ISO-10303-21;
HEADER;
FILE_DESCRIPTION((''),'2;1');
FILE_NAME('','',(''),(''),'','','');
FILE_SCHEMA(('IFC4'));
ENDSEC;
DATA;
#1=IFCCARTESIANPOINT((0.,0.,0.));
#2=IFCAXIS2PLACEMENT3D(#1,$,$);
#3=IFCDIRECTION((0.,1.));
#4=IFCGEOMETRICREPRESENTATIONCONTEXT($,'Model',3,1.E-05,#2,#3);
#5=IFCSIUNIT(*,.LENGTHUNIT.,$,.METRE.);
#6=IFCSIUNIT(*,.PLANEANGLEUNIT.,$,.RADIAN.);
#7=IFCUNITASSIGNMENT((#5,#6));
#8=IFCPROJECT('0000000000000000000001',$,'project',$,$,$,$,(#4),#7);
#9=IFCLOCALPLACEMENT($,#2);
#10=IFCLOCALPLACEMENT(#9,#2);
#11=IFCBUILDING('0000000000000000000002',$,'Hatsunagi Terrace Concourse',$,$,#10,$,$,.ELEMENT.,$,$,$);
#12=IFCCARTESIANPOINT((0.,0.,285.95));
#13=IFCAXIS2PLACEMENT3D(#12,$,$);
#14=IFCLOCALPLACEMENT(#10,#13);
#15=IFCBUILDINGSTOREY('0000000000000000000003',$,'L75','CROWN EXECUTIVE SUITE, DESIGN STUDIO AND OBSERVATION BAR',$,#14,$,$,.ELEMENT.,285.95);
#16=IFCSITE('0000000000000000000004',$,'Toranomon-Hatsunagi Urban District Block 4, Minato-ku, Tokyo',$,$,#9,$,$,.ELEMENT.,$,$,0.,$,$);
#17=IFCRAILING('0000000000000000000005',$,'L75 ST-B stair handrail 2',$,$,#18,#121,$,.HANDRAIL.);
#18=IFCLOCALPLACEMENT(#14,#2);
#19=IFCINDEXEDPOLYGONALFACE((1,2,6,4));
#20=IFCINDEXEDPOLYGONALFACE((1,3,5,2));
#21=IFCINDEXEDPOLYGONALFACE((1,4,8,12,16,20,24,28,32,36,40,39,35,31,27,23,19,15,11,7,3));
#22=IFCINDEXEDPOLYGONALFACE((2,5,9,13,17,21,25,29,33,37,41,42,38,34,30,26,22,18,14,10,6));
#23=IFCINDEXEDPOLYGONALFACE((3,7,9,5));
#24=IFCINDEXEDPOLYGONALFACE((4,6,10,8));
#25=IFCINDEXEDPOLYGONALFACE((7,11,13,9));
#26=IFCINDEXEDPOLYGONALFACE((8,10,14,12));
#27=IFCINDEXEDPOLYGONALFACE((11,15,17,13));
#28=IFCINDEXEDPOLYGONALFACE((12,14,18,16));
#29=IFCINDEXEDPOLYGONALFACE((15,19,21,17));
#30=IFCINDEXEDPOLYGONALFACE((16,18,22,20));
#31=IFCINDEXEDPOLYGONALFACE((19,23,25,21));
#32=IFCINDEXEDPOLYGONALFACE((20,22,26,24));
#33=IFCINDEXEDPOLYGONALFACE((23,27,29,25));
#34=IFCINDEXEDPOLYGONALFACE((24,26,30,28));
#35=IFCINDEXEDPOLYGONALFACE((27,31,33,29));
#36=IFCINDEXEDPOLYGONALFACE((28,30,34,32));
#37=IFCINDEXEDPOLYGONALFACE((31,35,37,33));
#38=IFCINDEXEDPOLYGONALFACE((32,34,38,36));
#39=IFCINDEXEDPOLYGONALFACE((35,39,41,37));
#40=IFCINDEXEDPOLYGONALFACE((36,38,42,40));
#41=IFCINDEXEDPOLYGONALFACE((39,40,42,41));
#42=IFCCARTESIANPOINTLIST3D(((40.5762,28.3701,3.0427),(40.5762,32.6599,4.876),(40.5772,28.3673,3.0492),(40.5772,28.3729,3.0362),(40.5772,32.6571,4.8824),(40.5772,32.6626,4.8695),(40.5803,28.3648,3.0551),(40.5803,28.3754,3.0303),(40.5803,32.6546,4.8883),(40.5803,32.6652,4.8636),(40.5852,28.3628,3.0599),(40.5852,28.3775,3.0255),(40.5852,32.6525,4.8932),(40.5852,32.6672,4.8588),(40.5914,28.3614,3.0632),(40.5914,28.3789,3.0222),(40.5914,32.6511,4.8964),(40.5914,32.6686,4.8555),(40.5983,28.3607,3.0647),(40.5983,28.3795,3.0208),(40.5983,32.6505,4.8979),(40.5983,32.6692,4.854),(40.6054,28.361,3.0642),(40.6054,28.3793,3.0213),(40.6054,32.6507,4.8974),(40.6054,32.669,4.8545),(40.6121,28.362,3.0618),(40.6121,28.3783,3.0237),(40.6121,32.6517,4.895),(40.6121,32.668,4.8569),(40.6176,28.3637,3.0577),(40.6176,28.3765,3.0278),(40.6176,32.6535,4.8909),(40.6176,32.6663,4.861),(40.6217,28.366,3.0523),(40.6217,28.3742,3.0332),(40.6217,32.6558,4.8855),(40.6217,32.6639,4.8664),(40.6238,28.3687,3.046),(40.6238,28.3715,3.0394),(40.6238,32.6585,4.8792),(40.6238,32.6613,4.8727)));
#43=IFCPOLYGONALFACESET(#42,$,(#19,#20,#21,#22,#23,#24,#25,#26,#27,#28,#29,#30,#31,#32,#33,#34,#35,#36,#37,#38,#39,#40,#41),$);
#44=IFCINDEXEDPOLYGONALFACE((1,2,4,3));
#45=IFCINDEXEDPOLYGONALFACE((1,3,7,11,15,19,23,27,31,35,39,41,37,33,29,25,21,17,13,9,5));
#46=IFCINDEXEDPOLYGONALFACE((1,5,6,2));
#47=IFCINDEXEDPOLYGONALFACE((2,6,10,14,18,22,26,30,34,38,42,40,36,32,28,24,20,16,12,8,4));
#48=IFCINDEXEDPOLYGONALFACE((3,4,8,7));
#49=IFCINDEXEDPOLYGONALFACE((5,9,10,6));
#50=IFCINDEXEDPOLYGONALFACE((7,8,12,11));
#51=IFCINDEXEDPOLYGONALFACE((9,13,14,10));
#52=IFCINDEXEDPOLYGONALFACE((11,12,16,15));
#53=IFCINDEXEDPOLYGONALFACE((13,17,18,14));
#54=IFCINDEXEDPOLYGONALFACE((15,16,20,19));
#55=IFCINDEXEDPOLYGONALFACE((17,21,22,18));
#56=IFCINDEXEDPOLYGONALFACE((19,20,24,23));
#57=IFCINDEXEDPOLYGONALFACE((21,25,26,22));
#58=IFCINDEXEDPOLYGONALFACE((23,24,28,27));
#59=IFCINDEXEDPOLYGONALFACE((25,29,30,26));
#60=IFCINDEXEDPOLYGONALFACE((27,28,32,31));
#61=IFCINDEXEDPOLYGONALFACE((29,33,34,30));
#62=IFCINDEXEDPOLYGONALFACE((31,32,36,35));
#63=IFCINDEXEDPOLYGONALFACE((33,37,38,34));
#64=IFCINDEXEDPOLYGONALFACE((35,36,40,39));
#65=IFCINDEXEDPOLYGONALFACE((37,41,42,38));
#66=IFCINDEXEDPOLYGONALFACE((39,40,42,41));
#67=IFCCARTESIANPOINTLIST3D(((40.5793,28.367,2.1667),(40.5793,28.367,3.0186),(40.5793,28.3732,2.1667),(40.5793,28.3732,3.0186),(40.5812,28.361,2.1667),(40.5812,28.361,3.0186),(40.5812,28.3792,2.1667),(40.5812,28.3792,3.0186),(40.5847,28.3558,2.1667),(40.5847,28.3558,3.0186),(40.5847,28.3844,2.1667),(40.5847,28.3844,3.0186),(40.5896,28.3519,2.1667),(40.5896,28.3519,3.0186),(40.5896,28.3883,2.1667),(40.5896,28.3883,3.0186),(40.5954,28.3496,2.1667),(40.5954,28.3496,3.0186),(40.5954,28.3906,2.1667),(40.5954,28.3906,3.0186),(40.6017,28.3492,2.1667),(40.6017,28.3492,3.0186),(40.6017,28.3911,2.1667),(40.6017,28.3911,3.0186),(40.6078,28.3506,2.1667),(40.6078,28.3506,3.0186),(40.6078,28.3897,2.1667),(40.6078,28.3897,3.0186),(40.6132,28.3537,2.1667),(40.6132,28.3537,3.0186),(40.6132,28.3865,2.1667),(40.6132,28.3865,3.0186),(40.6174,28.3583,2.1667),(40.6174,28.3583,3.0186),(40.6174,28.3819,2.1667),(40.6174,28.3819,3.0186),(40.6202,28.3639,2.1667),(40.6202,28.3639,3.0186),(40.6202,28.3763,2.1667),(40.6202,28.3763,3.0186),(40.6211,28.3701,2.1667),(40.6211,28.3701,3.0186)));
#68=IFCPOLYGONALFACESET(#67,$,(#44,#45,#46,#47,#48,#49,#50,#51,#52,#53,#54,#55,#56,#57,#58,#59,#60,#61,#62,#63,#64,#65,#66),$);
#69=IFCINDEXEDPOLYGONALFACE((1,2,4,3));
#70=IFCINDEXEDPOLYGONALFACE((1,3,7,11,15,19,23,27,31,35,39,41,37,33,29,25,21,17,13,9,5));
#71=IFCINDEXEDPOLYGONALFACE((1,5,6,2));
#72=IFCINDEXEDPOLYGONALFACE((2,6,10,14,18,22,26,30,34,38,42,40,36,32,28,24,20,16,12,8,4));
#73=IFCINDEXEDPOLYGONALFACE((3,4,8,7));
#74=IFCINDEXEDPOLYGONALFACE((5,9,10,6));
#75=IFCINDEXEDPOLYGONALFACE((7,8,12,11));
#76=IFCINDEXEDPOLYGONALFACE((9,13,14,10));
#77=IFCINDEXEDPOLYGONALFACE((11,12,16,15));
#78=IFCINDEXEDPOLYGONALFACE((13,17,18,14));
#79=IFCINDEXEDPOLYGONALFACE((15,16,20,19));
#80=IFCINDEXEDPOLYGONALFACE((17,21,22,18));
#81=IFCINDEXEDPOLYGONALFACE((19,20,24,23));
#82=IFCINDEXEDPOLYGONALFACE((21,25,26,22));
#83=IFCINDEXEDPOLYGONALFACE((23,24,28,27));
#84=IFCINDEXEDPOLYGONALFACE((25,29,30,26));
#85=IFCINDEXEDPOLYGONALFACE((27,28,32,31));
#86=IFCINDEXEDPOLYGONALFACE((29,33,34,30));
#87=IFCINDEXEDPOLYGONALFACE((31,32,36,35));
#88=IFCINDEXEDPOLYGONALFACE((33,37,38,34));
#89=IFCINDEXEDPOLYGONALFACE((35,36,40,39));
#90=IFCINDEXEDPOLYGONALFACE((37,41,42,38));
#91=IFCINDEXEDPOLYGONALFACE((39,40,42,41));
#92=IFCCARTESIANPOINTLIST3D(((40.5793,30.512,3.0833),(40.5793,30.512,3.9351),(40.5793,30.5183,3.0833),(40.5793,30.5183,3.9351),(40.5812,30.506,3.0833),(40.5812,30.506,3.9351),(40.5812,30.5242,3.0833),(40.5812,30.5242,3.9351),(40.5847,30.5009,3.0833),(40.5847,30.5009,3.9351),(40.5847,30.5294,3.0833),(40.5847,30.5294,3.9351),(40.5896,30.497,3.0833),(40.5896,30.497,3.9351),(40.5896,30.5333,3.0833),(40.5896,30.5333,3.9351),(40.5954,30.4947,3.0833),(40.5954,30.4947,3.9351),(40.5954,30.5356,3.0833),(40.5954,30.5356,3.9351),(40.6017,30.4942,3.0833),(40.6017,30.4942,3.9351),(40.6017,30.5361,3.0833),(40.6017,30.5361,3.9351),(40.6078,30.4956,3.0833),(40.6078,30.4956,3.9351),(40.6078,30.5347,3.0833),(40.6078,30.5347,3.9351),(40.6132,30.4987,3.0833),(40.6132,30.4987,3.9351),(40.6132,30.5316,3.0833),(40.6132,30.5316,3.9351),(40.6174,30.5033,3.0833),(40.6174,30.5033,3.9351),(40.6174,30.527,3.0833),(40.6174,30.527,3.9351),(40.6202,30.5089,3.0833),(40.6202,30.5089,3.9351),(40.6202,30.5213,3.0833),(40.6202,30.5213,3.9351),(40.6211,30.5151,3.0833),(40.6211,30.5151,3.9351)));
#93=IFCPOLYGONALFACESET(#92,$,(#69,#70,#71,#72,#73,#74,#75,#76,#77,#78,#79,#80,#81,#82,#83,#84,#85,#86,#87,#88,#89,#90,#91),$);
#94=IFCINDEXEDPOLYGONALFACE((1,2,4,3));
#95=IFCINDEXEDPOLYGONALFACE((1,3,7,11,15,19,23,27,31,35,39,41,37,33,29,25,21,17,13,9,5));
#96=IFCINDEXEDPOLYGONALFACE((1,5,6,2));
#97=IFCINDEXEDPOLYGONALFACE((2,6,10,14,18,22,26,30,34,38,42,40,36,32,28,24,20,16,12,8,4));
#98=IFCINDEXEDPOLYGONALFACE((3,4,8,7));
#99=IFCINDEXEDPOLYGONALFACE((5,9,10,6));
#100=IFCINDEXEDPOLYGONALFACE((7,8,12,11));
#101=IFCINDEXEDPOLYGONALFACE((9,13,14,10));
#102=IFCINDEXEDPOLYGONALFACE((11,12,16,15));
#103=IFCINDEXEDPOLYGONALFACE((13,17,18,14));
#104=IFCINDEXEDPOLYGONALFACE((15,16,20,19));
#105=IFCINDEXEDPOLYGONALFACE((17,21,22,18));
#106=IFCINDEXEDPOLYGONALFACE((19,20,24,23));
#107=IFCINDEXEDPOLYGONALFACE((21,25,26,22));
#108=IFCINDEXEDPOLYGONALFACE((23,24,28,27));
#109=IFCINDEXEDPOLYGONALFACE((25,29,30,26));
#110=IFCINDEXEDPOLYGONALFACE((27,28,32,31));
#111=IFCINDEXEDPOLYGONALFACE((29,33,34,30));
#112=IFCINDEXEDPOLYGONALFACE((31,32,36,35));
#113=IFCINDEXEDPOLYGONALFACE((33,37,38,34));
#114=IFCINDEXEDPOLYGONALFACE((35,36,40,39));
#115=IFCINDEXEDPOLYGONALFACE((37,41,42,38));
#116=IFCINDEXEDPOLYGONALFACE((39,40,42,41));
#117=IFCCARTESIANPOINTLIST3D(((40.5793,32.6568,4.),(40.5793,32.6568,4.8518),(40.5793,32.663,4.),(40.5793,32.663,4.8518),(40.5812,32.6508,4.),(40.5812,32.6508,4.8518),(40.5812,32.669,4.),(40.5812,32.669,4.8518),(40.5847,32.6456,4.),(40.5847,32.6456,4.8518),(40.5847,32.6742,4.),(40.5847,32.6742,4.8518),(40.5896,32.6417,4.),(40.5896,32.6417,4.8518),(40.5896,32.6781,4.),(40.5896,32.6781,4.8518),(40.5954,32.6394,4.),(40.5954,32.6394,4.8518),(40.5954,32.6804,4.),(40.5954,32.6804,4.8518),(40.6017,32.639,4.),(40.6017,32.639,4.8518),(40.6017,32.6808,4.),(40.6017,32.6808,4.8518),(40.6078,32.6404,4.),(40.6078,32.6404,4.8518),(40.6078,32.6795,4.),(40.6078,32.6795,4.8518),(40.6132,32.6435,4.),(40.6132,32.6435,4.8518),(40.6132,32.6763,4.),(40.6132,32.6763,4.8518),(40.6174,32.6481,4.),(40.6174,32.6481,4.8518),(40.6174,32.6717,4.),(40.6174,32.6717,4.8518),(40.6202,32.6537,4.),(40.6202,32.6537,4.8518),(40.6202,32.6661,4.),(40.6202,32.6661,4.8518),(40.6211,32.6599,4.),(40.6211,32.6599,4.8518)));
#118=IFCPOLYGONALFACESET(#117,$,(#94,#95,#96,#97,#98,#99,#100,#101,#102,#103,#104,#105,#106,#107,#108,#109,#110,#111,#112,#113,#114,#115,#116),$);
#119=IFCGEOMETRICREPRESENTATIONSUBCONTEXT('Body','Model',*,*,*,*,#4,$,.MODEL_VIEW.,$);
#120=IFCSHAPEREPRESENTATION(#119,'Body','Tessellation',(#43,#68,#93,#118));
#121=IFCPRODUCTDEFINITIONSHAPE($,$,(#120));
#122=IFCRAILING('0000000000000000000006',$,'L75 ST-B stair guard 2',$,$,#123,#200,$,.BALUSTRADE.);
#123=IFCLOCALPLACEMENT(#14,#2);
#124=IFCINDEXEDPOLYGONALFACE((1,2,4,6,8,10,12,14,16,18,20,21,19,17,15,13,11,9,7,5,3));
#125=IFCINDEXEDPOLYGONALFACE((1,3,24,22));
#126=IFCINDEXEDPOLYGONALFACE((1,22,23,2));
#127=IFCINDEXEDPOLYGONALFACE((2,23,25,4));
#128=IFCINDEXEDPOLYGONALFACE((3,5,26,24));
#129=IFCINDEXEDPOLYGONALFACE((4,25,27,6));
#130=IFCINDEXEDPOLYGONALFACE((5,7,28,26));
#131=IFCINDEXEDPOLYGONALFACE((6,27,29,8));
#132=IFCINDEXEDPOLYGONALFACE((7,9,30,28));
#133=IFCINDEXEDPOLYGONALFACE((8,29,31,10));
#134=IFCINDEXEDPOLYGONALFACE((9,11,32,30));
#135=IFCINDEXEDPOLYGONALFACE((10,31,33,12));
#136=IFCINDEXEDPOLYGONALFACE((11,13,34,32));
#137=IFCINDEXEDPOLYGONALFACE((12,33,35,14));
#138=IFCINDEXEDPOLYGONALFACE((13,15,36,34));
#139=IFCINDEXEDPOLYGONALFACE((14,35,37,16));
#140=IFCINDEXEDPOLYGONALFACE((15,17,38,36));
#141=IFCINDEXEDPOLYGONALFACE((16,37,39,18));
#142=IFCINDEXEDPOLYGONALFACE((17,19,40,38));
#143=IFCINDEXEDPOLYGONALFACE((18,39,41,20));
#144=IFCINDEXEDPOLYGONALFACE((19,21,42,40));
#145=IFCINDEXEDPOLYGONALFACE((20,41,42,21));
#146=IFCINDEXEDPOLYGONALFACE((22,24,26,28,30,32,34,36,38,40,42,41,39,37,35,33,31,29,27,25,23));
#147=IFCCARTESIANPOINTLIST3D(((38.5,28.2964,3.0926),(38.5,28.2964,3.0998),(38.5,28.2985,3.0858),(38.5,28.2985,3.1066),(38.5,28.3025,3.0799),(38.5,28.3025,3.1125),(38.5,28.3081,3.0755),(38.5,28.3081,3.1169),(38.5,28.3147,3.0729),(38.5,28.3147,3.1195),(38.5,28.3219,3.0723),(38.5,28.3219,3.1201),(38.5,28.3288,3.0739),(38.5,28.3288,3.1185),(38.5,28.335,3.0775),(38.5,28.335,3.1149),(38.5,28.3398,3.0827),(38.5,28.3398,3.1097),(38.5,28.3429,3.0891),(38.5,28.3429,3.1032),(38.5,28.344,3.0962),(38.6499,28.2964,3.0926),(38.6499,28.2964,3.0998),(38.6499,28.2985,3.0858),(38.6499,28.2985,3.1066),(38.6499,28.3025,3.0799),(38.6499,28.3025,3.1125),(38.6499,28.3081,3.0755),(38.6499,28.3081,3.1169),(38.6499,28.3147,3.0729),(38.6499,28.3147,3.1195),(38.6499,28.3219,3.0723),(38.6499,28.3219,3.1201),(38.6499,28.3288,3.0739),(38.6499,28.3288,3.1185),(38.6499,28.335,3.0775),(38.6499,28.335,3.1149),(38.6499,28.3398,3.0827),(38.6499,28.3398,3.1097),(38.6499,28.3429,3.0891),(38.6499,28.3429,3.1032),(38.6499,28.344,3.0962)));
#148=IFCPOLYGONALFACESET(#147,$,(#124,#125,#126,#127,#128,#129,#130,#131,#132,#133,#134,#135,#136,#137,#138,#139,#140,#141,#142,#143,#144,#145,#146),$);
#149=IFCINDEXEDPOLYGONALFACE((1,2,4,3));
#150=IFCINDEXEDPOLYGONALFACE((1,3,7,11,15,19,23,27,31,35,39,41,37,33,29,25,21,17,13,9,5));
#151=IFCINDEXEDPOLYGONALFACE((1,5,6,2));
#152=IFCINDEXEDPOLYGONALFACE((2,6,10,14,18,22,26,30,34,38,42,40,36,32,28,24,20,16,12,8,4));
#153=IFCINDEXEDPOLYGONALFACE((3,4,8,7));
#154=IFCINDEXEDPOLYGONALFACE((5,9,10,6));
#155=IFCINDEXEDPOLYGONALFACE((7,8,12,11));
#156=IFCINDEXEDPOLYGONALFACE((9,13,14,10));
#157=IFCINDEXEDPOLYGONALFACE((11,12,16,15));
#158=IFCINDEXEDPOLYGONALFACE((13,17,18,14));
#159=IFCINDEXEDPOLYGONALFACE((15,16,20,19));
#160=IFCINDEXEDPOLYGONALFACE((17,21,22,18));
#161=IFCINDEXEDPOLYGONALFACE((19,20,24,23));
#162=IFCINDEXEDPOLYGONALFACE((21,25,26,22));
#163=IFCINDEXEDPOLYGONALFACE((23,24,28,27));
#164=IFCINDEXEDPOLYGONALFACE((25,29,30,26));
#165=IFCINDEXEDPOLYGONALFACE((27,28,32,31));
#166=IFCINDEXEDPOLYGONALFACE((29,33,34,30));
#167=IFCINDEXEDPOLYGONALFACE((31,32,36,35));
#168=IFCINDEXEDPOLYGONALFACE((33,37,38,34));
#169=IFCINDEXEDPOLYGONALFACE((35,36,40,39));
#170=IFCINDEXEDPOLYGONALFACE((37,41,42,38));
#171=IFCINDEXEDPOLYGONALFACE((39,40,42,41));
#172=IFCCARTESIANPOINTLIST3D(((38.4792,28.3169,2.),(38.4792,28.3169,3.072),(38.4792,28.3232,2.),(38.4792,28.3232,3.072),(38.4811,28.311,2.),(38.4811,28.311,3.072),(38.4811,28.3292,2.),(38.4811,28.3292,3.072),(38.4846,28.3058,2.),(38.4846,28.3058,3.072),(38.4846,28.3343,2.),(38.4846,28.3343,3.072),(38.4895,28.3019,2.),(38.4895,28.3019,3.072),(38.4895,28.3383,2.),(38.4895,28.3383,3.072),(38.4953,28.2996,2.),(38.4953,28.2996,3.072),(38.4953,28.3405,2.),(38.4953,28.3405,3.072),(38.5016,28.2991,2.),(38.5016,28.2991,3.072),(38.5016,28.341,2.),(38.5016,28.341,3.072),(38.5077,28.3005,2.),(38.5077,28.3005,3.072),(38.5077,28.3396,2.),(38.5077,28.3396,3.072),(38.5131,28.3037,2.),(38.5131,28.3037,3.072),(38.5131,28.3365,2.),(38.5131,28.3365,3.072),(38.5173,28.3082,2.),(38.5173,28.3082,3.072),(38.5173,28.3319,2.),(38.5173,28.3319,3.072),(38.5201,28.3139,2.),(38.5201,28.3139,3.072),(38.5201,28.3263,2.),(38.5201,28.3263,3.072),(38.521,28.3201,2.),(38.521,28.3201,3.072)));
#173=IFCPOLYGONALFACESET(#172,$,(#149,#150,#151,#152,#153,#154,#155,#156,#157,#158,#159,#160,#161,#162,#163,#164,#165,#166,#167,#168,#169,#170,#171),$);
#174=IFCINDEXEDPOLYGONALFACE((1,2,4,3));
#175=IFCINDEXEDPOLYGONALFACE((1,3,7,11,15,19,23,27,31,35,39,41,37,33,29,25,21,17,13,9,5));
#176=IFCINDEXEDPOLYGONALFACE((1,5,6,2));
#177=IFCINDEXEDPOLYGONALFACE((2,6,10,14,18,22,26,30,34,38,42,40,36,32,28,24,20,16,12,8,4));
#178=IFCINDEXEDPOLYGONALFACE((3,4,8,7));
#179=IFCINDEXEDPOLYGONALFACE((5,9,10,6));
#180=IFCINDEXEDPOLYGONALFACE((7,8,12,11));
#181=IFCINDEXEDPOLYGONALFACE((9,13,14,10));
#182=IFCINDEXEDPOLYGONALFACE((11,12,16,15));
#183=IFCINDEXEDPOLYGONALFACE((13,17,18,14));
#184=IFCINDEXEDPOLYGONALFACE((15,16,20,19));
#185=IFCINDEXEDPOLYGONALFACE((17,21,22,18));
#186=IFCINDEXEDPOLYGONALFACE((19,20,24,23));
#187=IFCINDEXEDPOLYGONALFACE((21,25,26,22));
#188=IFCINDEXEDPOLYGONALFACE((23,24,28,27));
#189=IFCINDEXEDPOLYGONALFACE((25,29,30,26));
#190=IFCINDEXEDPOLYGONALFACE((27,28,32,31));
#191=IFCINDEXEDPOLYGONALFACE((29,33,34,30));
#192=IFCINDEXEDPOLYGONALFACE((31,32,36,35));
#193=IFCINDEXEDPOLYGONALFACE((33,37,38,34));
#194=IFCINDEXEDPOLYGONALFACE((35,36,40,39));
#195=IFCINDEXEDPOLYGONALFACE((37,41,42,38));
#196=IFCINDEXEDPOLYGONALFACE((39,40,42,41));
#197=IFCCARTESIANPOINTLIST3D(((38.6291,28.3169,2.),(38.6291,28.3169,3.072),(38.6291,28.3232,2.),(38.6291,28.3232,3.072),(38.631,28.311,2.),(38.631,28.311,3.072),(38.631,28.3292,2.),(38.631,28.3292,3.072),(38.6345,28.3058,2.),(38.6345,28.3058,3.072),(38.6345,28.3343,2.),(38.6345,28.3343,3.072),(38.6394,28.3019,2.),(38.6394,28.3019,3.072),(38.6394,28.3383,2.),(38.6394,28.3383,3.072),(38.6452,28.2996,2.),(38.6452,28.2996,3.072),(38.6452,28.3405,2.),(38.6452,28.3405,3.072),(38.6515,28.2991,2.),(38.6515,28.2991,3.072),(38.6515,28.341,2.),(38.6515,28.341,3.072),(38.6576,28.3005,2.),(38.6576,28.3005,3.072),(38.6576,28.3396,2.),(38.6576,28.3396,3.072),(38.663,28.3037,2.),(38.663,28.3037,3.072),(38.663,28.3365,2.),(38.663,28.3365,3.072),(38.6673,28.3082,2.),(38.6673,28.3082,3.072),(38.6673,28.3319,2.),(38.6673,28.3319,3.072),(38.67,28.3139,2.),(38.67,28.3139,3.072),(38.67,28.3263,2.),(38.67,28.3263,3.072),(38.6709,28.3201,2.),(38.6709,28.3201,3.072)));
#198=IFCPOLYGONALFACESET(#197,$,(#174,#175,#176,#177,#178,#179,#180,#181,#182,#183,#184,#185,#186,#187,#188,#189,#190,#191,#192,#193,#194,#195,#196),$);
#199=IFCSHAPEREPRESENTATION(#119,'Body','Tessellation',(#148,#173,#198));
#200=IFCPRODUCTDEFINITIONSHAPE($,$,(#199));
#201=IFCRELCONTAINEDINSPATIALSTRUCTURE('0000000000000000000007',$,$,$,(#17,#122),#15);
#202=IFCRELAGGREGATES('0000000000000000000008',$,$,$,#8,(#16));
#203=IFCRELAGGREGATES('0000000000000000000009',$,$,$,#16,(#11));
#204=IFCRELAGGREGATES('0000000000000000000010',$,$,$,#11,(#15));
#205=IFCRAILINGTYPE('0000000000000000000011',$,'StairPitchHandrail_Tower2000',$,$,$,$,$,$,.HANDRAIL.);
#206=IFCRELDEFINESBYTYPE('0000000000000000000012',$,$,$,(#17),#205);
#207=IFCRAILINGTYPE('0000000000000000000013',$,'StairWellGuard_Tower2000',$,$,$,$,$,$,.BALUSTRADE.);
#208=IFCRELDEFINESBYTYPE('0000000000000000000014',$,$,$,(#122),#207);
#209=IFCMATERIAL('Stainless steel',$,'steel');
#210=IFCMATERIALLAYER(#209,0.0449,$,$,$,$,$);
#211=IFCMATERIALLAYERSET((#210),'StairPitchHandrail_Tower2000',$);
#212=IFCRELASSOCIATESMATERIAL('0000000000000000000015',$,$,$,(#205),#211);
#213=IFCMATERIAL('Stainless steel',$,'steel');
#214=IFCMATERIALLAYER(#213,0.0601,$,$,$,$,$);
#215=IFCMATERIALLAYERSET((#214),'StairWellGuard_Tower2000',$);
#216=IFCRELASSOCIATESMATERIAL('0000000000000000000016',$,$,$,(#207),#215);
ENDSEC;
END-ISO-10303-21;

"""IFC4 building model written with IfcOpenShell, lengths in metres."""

from ifc_helpers import new_model, si_unit, direction, frame, origin, origin_2d, place, context, subcontext, project, spatial, circle, extrude, material, layer, layer_set, type_object, element, save


model = new_model("IFC4")

# Units and contexts
model_context = context("Model", 3, precision=1e-05, world=origin(), true_north=direction((0.0, 1.0)))
body_context = subcontext(model_context, "Body", "Model", "MODEL_VIEW")
ifc_project = project(units=[si_unit("LENGTHUNIT", "METRE"), si_unit("PLANEANGLEUNIT", "RADIAN")], contexts=[model_context])

# Site, building, storey
site_placement = place(None, origin())
site = spatial("IfcSite", under=ifc_project, at=site_placement, Name="Toranomon-Hatsunagi Urban District Block 4, Minato-ku, Tokyo", CompositionType="ELEMENT", RefElevation=0.0)
building_placement = place(site_placement, origin())
building = spatial("IfcBuilding", under=site, at=building_placement, Name="Hatsunagi Terrace Concourse", CompositionType="ELEMENT")
storey_placement = place(building_placement, frame((0.0, 0.0, 285.95)))
storey = spatial("IfcBuildingStorey", under=building, at=storey_placement, Name="L75", Description="CROWN EXECUTIVE SUITE, DESIGN STUDIO AND OBSERVATION BAR", CompositionType="ELEMENT", Elevation=285.95)

# Railings
ifc_material_1 = material(Name="Stainless steel", Category="steel")
ifc_layer_1 = layer(ifc_material_1, 0.0449)
ifc_layer_set_1 = layer_set([ifc_layer_1], Name="StairPitchHandrail_Tower2000")
railing_type_1 = type_object("IfcRailingType", Name="StairPitchHandrail_Tower2000", PredefinedType="HANDRAIL", material=ifc_layer_set_1)
railing_1_placement = place(storey_placement, frame((40.6001, 28.3701, 2.1667)))
element("IfcRailing", 1, at=railing_1_placement, inside=storey, type_object=railing_type_1, Name="L75 ST-B stair handrail 2", PredefinedType="HANDRAIL", context=body_context, shape_type="SweptSolid", body=[
    extrude(circle(Radius=0.0239, at=origin_2d()), frame((0.0, 0.0, 0.876), z_axis=(0.0, 0.919551, 0.392972), x_axis=(-1.0, 0.0, 0.0)), (0.0, 0.0, 1.0), 4.665),
    extrude(circle(Radius=0.021, at=origin_2d()), origin(), (0.0, 0.0, 1.0), 0.8518),
    extrude(circle(Radius=0.021, at=origin_2d()), frame((0.0, 2.145, 0.9165)), (0.0, 0.0, 1.0), 0.8518),
    extrude(circle(Radius=0.021, at=origin_2d()), frame((0.0, 4.2898, 1.8333)), (0.0, 0.0, 1.0), 0.8518),
])
ifc_material_2 = material(Name="Stainless steel", Category="steel")
ifc_layer_2 = layer(ifc_material_2, 0.0601)
ifc_layer_set_2 = layer_set([ifc_layer_2], Name="StairWellGuard_Tower2000")
railing_type_2 = type_object("IfcRailingType", Name="StairWellGuard_Tower2000", PredefinedType="BALUSTRADE", material=ifc_layer_set_2)
railing_2_placement = place(storey_placement, frame((38.5, 28.3201, 2.0)))
element("IfcRailing", 2, at=railing_2_placement, inside=storey, type_object=railing_type_2, Name="L75 ST-B stair guard 2", PredefinedType="BALUSTRADE", context=body_context, shape_type="SweptSolid", body=[
    extrude(circle(Radius=0.0239, at=origin_2d()), frame((0.0, 0.0, 1.0962), z_axis=(1.0, 0.0, 0.0), x_axis=(0.0, 1.0, 0.0)), (0.0, 0.0, 1.0), 0.1499),
    extrude(circle(Radius=0.021, at=origin_2d()), origin(), (0.0, 0.0, 1.0), 1.072),
    extrude(circle(Radius=0.021, at=origin_2d()), frame((0.1499, 0.0, 0.0)), (0.0, 0.0, 1.0), 1.072),
])

save(model, "model.ifc")
